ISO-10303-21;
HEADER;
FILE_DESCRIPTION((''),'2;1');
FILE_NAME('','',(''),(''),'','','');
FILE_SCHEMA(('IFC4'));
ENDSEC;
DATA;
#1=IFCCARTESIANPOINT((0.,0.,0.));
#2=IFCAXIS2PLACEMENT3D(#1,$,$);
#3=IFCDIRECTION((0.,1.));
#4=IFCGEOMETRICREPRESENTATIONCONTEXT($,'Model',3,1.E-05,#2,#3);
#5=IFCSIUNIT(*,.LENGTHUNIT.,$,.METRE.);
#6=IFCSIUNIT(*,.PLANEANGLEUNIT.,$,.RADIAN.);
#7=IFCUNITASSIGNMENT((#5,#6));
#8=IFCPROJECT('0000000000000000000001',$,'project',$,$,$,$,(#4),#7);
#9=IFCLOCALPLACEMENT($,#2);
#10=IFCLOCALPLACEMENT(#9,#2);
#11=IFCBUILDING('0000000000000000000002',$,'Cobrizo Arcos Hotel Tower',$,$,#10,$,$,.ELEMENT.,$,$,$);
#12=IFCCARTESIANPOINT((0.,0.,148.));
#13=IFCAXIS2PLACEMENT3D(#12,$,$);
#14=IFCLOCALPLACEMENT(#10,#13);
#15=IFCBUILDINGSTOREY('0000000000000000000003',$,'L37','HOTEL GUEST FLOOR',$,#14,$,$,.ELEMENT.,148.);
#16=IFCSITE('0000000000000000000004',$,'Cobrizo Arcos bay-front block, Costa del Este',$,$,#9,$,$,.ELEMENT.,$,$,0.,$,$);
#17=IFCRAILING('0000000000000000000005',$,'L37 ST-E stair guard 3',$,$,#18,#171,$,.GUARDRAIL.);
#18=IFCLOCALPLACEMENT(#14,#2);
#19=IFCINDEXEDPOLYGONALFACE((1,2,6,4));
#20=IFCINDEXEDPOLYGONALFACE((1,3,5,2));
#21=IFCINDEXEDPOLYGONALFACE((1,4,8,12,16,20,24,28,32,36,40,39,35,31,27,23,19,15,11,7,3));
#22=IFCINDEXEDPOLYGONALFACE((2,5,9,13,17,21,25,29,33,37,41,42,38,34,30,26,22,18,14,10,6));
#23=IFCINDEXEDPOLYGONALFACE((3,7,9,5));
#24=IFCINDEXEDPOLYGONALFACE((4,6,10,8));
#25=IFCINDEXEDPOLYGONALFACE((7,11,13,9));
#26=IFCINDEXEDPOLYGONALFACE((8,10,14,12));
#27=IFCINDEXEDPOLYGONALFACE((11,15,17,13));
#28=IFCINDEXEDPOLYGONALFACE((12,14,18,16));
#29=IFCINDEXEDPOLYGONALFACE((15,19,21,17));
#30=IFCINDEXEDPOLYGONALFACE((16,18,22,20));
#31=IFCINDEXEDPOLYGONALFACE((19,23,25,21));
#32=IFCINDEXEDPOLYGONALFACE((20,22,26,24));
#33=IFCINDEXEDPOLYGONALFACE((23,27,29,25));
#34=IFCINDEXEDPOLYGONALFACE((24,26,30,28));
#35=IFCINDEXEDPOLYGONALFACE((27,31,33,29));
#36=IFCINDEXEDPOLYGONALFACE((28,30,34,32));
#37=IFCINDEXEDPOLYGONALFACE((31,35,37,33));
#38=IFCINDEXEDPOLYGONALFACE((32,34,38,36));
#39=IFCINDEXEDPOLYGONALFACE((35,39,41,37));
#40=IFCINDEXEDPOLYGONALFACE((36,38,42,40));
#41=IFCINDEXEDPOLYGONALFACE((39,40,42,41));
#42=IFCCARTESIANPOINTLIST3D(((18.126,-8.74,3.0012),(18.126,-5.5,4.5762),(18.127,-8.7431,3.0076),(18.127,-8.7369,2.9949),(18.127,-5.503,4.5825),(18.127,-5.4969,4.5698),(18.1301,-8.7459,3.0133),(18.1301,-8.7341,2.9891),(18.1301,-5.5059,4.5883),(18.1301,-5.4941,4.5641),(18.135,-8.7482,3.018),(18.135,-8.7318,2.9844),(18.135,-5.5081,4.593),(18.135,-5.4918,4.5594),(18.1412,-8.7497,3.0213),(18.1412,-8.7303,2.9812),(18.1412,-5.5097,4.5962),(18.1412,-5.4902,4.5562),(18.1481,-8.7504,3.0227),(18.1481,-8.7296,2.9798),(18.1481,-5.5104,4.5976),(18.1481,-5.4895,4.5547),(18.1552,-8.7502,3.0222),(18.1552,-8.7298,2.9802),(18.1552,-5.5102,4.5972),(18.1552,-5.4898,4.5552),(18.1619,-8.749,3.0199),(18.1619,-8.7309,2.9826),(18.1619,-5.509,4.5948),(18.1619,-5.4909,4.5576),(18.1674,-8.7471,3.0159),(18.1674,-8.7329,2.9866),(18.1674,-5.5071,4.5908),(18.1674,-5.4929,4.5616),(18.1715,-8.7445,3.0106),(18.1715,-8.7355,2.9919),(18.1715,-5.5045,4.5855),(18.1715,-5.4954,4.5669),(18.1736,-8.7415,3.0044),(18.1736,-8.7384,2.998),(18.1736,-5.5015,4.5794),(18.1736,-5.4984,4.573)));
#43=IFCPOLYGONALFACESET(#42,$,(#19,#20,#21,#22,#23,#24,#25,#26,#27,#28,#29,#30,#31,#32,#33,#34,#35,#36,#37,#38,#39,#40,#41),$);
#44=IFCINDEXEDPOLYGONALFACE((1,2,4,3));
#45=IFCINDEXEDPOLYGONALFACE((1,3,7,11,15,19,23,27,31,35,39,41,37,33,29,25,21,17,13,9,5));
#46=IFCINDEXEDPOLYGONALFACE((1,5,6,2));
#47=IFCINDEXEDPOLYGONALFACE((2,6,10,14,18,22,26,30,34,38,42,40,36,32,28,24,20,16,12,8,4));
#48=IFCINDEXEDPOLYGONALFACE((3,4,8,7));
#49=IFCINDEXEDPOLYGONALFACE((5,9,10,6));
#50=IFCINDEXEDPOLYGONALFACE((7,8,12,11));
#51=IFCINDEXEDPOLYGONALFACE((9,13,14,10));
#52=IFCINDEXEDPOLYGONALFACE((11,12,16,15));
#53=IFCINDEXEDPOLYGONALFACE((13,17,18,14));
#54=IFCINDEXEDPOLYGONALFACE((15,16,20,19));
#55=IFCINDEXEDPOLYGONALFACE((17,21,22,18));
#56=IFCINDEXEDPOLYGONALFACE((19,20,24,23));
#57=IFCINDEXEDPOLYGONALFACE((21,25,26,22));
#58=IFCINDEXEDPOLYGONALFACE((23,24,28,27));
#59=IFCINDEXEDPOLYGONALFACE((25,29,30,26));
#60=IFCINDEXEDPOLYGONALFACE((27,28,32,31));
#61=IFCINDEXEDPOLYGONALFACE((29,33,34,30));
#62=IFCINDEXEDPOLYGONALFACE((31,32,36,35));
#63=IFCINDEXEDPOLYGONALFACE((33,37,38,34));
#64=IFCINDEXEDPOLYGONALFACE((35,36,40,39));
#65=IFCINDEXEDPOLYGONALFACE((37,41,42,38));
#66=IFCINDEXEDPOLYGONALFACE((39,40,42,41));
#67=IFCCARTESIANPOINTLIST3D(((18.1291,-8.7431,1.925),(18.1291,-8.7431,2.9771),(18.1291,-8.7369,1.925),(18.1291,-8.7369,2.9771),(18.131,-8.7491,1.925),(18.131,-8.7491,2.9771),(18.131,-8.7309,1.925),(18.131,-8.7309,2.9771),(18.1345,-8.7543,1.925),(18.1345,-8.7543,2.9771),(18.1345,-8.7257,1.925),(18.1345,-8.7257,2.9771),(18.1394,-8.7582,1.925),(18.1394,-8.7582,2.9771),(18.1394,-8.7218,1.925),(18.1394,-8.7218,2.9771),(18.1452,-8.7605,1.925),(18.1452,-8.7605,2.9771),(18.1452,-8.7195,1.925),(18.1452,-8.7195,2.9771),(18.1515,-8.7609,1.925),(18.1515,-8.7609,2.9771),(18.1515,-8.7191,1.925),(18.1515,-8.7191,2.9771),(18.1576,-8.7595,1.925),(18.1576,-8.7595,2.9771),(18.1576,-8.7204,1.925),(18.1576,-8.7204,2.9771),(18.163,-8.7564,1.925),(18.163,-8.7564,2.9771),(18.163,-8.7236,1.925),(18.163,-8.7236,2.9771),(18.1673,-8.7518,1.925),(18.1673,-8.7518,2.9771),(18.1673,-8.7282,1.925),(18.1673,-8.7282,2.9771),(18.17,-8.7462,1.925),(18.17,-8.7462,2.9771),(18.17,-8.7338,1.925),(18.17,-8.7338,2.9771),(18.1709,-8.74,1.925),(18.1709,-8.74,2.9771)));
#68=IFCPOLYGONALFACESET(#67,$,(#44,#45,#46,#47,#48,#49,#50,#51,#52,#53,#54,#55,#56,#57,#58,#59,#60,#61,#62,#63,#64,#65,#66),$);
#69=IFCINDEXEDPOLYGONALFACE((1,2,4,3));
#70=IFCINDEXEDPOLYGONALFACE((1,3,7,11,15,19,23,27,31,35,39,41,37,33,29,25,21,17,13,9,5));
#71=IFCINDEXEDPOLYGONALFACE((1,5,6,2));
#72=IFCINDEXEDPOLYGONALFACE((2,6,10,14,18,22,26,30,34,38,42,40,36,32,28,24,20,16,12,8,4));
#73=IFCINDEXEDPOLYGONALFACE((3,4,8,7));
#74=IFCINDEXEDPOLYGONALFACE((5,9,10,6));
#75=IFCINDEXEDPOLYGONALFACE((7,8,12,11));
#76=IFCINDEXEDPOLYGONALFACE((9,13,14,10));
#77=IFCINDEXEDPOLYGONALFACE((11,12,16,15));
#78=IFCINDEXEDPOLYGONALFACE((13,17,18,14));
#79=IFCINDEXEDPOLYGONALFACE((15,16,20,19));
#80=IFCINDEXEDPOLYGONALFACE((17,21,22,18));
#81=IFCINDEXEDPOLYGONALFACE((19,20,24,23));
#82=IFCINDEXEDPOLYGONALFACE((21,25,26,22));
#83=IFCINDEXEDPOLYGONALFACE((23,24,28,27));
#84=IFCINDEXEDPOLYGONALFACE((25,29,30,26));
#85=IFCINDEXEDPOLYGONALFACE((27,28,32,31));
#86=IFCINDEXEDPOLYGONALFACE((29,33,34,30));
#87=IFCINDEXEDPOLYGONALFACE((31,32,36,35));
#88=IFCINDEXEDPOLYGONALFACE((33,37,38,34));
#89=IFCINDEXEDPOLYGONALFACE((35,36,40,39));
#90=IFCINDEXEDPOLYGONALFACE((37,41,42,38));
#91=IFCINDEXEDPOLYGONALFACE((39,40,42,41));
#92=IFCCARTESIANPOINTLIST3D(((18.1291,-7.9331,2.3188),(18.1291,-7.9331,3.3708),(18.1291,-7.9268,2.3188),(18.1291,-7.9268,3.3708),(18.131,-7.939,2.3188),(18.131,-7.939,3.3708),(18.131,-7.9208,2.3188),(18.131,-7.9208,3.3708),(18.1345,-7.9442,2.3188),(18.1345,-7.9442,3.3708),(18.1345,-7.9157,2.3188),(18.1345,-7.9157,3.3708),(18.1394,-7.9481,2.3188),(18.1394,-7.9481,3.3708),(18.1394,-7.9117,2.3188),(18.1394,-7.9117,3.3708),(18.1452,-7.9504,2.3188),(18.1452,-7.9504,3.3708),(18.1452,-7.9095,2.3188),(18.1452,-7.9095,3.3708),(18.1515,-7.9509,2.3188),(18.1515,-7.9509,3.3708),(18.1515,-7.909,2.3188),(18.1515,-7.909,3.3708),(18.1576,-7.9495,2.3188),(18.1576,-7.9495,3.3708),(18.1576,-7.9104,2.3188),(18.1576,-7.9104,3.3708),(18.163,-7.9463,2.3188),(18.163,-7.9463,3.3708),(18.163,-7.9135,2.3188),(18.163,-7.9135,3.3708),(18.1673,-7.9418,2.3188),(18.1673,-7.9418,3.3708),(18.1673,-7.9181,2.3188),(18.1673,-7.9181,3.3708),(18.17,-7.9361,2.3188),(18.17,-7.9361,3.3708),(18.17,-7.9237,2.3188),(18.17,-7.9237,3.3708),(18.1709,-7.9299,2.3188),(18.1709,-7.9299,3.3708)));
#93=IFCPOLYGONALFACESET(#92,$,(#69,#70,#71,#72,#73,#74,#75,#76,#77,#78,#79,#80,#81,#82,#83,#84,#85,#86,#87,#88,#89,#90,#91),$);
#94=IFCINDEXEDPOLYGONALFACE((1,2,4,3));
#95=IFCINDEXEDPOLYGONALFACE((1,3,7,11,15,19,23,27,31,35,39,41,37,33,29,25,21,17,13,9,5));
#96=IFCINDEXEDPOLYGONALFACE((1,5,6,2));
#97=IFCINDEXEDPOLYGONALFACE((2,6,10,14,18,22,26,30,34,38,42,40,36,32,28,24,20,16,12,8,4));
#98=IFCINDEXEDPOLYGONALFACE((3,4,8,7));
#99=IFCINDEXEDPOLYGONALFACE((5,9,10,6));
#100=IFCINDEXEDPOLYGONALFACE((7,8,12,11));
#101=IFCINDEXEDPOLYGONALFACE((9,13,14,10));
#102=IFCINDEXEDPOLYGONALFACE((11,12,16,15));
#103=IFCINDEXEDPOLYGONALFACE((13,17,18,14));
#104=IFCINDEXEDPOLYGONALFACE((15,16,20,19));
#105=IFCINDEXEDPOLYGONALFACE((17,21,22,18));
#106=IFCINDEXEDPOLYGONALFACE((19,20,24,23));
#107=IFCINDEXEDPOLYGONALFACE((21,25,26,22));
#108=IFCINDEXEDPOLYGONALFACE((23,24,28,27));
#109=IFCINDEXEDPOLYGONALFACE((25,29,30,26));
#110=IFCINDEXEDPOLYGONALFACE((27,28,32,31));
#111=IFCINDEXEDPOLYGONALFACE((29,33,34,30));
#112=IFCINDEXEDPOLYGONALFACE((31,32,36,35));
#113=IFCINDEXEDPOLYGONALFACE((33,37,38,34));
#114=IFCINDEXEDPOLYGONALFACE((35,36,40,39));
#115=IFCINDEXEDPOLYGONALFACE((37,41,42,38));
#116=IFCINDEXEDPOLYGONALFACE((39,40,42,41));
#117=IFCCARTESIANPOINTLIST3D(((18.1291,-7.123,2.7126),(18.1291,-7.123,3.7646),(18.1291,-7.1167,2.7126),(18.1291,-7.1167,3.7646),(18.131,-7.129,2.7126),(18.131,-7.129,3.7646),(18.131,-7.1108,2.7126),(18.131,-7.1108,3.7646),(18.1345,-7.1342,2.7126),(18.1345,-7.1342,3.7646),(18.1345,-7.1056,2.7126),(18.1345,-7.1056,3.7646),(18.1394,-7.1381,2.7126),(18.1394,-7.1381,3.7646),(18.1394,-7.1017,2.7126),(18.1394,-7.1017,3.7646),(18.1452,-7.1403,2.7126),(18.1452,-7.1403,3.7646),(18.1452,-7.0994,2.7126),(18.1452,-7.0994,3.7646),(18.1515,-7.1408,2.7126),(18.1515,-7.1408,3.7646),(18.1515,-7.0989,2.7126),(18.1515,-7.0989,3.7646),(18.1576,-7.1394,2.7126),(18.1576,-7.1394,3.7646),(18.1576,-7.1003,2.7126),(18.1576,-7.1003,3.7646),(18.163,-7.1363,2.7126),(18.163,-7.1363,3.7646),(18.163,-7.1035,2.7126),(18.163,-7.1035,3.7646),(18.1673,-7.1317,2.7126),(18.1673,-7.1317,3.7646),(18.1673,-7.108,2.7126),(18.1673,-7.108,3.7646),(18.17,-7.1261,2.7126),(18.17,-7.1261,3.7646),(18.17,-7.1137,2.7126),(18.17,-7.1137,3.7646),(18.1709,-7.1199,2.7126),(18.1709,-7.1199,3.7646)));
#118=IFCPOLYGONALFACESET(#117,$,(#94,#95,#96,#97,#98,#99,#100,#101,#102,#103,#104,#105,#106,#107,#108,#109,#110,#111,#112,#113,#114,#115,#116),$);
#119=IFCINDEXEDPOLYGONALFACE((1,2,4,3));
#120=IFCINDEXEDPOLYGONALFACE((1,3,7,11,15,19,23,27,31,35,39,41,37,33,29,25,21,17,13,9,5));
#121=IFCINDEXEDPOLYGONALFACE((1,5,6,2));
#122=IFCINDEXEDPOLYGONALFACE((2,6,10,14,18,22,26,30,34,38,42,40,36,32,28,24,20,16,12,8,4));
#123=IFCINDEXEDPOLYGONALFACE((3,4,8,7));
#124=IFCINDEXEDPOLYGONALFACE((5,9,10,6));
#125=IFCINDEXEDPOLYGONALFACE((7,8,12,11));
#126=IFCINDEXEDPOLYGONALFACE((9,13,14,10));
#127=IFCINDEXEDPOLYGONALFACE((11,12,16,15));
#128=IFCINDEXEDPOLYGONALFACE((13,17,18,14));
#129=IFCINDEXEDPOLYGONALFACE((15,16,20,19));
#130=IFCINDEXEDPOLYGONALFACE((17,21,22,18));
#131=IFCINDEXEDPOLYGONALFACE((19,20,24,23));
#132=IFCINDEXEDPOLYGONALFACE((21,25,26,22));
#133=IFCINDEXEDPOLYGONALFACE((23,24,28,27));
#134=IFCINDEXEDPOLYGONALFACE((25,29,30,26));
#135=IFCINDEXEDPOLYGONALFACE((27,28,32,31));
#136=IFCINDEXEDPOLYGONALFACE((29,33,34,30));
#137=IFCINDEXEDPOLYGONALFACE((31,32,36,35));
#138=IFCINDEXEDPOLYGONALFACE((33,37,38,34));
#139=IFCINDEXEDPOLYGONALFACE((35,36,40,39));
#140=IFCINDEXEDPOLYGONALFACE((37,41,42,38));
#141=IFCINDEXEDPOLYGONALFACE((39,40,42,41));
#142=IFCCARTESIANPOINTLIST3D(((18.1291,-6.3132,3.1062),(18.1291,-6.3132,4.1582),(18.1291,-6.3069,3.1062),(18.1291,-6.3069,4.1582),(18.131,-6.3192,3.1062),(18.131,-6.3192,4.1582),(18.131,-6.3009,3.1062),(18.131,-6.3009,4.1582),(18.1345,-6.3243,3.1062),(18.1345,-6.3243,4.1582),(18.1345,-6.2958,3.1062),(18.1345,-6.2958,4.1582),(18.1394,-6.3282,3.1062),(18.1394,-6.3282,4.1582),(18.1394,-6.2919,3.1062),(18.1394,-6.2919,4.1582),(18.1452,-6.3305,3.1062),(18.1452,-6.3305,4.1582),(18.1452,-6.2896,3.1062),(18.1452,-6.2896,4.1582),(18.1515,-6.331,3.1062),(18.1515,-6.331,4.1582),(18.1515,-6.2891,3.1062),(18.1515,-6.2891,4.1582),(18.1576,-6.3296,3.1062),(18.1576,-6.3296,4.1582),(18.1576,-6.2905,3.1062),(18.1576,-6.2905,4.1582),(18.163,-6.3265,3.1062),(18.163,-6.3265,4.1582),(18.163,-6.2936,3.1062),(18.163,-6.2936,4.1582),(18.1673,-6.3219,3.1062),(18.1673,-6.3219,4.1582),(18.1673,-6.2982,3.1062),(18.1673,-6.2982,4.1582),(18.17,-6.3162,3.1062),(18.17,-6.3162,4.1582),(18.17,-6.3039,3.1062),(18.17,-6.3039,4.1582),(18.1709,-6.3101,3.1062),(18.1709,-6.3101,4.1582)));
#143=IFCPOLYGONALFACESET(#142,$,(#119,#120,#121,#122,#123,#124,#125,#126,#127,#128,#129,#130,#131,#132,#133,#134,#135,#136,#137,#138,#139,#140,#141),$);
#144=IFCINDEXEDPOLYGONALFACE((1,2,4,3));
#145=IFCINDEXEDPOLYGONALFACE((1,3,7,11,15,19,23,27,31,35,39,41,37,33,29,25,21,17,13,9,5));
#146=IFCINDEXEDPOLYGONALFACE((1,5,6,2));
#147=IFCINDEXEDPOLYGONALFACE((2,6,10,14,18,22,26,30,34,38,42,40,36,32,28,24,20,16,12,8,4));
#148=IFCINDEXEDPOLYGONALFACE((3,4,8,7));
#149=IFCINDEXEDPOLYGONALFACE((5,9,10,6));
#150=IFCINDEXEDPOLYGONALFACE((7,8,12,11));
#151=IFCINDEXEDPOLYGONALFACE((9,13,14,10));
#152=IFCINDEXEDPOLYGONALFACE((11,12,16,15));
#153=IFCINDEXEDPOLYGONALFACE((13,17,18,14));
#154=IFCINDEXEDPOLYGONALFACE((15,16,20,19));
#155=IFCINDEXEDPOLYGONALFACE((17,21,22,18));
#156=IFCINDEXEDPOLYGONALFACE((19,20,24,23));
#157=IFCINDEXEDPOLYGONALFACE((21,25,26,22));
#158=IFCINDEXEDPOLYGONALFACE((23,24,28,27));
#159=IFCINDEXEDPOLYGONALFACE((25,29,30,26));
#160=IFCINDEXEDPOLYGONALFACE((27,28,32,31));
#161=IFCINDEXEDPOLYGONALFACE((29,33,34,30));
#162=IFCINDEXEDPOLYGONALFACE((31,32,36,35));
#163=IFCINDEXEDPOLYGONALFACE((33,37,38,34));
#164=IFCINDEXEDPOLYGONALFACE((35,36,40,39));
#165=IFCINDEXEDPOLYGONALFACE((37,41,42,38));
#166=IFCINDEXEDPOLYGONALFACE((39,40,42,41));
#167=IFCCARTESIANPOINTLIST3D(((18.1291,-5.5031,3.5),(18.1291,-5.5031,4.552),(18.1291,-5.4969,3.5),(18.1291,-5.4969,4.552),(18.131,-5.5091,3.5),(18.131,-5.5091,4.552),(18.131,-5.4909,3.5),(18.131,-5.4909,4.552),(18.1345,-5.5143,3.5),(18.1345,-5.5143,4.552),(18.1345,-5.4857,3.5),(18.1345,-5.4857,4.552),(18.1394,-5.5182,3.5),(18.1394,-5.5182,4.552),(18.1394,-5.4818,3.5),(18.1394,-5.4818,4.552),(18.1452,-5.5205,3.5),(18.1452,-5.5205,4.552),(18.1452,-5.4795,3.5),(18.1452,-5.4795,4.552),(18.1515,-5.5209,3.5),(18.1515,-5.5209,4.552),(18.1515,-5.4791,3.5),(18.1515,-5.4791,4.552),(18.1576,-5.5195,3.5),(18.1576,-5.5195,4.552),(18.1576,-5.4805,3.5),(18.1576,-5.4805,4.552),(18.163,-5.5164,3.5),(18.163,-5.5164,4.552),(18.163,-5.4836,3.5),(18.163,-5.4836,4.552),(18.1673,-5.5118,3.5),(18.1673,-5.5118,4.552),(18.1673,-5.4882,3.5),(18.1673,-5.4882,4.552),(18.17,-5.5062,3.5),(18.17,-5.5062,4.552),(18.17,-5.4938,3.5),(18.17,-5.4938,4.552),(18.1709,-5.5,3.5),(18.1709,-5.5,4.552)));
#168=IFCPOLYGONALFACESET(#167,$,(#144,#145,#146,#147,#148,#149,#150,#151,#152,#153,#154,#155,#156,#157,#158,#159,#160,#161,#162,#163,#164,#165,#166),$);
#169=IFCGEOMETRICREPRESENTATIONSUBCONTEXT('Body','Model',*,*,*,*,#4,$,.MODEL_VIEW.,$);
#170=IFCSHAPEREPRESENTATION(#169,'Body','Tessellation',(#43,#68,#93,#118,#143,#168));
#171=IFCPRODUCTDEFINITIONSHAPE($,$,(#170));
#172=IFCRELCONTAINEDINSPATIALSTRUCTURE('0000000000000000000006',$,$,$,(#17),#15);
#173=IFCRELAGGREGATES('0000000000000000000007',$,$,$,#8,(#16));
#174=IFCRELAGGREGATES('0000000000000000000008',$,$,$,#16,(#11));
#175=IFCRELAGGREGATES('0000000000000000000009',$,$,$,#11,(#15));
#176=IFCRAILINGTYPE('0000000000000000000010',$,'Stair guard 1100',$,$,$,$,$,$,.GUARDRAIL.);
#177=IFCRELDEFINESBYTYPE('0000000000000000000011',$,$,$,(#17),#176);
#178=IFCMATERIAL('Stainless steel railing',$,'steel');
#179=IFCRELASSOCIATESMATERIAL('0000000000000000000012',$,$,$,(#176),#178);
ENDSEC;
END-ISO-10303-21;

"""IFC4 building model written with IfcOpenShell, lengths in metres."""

from ifc_helpers import new_model, si_unit, direction, frame, origin, origin_2d, place, context, subcontext, project, spatial, circle, extrude, material, type_object, element, save


model = new_model("IFC4")

# Units and contexts
model_context = context("Model", 3, precision=1e-05, world=origin(), true_north=direction((0.0, 1.0)))
body_context = subcontext(model_context, "Body", "Model", "MODEL_VIEW")
ifc_project = project(units=[si_unit("LENGTHUNIT", "METRE"), si_unit("PLANEANGLEUNIT", "RADIAN")], contexts=[model_context])

# Site, building, storey
site_placement = place(None, origin())
site = spatial("IfcSite", under=ifc_project, at=site_placement, Name="Cobrizo Arcos bay-front block, Costa del Este", CompositionType="ELEMENT", RefElevation=0.0)
building_placement = place(site_placement, origin())
building = spatial("IfcBuilding", under=site, at=building_placement, Name="Cobrizo Arcos Hotel Tower", CompositionType="ELEMENT")
storey_placement = place(building_placement, frame((0.0, 0.0, 148.0)))
storey = spatial("IfcBuildingStorey", under=building, at=storey_placement, Name="L37", Description="HOTEL GUEST FLOOR", CompositionType="ELEMENT", Elevation=148.0)

# Railing
ifc_material_1 = material(Name="Stainless steel railing", Category="steel")
railing_type_1 = type_object("IfcRailingType", Name="Stair guard 1100", PredefinedType="GUARDRAIL", material=ifc_material_1)
railing_1_placement = place(storey_placement, frame((18.1499, -8.74, 1.925)))
element("IfcRailing", 1, at=railing_1_placement, inside=storey, type_object=railing_type_1, Name="L37 ST-E stair guard 3", PredefinedType="GUARDRAIL", context=body_context, shape_type="SweptSolid", body=[
    extrude(circle(Radius=0.0239, at=origin_2d()), frame((0.0, 0.0, 1.0762), z_axis=(0.0, 0.899373, 0.437183), x_axis=(-1.0, 0.0, 0.0)), (0.0, 0.0, 1.0), 3.6025),
    extrude(circle(Radius=0.021, at=origin_2d()), origin(), (0.0, 0.0, 1.0), 1.052),
    extrude(circle(Radius=0.021, at=origin_2d()), frame((0.0, 0.8101, 0.3938)), (0.0, 0.0, 1.0), 1.052),
    extrude(circle(Radius=0.021, at=origin_2d()), frame((0.0, 1.6201, 0.7876)), (0.0, 0.0, 1.0), 1.052),
    extrude(circle(Radius=0.021, at=origin_2d()), frame((0.0, 2.4299, 1.1812)), (0.0, 0.0, 1.0), 1.052),
    extrude(circle(Radius=0.021, at=origin_2d()), frame((0.0, 3.24, 1.575)), (0.0, 0.0, 1.0), 1.052),
])

save(model, "model.ifc")
